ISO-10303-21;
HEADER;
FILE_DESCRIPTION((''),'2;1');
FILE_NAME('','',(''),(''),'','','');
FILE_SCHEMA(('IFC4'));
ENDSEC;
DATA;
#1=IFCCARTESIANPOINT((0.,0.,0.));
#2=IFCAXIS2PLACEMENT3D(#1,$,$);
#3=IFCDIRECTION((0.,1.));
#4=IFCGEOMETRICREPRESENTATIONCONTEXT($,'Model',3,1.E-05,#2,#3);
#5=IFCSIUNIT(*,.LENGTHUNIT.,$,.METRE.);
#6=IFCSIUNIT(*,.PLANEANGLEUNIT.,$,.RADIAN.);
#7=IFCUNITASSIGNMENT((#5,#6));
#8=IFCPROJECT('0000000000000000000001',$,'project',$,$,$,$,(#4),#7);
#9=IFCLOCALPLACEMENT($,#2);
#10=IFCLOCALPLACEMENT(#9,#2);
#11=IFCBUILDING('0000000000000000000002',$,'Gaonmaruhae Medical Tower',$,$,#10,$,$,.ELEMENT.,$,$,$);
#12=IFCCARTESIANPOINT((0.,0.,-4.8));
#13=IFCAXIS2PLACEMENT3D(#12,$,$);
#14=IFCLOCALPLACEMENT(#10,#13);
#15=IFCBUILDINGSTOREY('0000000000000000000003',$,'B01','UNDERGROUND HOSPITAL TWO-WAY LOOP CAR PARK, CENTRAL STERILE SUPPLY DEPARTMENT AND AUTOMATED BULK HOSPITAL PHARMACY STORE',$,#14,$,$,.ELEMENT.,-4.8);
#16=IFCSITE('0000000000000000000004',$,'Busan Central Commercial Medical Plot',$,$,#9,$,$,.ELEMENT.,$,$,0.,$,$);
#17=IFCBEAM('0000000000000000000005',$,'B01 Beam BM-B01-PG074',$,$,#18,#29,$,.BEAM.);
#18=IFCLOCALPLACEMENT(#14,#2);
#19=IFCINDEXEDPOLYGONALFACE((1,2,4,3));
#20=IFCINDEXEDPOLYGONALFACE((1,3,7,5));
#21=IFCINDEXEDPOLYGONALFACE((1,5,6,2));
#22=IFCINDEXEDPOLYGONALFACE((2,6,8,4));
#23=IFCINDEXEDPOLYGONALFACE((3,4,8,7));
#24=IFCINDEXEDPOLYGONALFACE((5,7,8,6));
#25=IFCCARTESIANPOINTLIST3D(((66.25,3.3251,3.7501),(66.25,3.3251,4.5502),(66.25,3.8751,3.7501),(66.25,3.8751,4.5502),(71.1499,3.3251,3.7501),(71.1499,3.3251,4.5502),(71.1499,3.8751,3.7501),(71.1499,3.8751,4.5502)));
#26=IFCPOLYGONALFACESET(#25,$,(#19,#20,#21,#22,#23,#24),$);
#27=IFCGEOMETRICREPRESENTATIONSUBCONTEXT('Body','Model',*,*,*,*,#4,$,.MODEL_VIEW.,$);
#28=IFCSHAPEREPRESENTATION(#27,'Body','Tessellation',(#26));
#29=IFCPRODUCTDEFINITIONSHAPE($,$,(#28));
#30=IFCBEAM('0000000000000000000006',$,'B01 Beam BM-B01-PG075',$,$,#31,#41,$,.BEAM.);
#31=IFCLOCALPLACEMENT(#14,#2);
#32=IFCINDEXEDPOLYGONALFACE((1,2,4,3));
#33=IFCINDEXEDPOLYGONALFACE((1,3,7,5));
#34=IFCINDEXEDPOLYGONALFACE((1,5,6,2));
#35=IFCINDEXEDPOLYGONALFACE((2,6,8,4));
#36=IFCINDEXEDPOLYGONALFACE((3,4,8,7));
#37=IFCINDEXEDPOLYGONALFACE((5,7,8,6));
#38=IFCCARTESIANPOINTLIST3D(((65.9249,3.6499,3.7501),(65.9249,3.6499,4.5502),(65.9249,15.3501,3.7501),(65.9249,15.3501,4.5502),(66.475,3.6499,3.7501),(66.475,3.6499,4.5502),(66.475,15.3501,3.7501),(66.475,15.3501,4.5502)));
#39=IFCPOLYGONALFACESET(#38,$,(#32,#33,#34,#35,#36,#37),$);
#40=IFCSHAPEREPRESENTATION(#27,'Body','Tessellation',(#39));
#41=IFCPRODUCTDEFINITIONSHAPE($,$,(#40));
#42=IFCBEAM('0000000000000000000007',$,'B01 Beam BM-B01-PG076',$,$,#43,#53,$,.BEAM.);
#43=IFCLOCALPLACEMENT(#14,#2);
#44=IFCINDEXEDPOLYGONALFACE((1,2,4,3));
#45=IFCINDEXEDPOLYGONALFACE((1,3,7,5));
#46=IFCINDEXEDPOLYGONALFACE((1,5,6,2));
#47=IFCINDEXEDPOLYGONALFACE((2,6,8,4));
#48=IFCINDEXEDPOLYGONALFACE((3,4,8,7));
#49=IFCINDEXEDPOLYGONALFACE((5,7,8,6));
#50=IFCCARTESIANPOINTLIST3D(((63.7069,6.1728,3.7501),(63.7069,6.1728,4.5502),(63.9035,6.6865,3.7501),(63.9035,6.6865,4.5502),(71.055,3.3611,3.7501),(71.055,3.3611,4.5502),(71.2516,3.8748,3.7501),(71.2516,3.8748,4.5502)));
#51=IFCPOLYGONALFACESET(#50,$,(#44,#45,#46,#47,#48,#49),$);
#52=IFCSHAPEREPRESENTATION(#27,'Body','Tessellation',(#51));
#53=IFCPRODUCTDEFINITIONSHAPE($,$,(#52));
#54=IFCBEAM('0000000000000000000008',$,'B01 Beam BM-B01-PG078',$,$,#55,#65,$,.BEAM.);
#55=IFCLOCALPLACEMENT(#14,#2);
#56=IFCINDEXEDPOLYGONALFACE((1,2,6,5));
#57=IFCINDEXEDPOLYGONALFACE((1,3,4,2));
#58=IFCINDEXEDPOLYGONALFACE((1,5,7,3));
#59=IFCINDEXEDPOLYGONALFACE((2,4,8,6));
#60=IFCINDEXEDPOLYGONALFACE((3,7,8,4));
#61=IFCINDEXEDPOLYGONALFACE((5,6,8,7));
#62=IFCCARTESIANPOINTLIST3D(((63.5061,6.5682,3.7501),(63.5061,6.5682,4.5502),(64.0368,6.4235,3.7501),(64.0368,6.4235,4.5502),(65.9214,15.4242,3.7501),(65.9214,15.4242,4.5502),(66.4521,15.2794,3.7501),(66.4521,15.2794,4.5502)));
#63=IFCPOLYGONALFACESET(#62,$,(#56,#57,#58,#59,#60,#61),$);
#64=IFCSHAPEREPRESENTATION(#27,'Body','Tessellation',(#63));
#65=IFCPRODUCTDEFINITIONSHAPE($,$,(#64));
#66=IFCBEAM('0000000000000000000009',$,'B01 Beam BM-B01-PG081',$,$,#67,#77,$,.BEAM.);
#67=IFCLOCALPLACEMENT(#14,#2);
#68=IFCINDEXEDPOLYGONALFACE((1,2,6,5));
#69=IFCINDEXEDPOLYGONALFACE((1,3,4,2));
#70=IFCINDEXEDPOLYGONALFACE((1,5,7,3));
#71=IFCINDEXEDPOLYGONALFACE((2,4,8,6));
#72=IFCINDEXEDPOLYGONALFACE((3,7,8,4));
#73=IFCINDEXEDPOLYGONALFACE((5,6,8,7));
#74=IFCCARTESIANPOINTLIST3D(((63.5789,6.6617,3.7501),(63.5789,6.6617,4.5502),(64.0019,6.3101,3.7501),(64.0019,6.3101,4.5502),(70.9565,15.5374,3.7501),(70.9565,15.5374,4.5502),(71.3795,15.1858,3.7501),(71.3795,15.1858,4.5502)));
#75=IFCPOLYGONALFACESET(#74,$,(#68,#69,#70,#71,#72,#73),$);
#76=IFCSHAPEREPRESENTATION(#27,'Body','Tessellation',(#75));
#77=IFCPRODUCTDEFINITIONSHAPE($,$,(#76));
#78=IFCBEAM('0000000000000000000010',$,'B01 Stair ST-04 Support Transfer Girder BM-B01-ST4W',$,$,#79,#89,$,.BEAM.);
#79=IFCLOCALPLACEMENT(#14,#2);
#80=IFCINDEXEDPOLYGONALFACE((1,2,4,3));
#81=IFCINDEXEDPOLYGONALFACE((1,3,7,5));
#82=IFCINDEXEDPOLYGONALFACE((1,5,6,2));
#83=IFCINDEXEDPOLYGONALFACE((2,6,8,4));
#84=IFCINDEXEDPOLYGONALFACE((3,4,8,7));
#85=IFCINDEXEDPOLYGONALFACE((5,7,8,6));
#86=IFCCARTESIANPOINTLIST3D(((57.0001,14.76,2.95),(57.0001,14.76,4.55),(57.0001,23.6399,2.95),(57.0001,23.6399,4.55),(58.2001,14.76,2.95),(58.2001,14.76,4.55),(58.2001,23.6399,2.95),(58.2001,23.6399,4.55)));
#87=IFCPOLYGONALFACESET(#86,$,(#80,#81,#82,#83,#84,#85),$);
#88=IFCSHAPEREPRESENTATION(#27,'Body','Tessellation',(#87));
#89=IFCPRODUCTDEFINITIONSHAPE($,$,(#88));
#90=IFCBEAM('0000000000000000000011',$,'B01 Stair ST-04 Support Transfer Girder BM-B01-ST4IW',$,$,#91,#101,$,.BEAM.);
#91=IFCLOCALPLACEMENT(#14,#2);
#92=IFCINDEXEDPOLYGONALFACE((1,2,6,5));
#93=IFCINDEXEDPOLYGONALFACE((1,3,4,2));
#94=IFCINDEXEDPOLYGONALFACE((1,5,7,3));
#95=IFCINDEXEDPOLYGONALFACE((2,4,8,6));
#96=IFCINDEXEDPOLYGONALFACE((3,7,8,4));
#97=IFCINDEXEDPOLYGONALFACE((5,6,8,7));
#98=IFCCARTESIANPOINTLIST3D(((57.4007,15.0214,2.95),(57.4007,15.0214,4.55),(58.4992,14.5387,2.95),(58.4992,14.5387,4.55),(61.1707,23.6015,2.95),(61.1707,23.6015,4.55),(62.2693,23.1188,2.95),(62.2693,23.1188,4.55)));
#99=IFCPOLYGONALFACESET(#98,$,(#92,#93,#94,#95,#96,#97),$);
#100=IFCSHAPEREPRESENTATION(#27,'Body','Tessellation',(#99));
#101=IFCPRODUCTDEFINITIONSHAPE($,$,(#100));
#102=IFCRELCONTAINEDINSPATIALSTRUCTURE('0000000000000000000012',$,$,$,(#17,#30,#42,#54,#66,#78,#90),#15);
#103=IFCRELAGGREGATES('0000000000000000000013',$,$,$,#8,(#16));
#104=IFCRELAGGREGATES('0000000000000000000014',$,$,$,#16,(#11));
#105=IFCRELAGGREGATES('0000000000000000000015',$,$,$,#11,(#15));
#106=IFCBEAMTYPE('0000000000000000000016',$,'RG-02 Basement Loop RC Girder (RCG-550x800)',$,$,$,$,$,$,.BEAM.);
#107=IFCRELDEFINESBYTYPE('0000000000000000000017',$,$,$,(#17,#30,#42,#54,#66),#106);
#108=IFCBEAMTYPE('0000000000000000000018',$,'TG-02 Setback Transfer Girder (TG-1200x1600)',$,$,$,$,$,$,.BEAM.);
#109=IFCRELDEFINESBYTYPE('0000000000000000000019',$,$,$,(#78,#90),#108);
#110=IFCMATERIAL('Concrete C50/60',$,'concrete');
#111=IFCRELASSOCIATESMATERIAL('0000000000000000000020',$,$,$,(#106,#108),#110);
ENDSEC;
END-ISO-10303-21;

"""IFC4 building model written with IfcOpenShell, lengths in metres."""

from ifc_helpers import new_model, si_unit, direction, frame, origin, origin_2d, place, context, subcontext, project, spatial, rectangle, extrude, material, material_profile, profile_set, type_object, element, save


model = new_model("IFC4")

# Units and contexts
model_context = context("Model", 3, precision=1e-05, world=origin(), true_north=direction((0.0, 1.0)))
body_context = subcontext(model_context, "Body", "Model", "MODEL_VIEW")
ifc_project = project(units=[si_unit("LENGTHUNIT", "METRE"), si_unit("PLANEANGLEUNIT", "RADIAN")], contexts=[model_context])

# Site, building, storey
site_placement = place(None, origin())
site = spatial("IfcSite", under=ifc_project, at=site_placement, Name="Busan Central Commercial Medical Plot", CompositionType="ELEMENT", RefElevation=0.0)
building_placement = place(site_placement, origin())
building = spatial("IfcBuilding", under=site, at=building_placement, Name="Gaonmaruhae Medical Tower", CompositionType="ELEMENT")
storey_placement = place(building_placement, frame((0.0, 0.0, -4.8)))
storey = spatial("IfcBuildingStorey", under=building, at=storey_placement, Name="B01", Description="UNDERGROUND HOSPITAL TWO-WAY LOOP CAR PARK, CENTRAL STERILE SUPPLY DEPARTMENT AND AUTOMATED BULK HOSPITAL PHARMACY STORE", CompositionType="ELEMENT", Elevation=-4.8)

# Shared definitions
ifc_material_1 = material(Name="Concrete C50/60", Category="concrete")

# Beams
ifc_material_profile_1 = material_profile(ifc_material_1, rectangle(XDim=0.55, YDim=0.8, at=origin_2d()), Name="RCG-550x800")
ifc_profile_set_1 = profile_set([ifc_material_profile_1], Name="Concrete C50/60")
beam_type_1 = type_object("IfcBeamType", Name="RG-02 Basement Loop RC Girder (RCG-550x800)", PredefinedType="BEAM", material=ifc_profile_set_1)
beam_1_placement = place(storey_placement, frame((66.25, 3.6001, 4.1501), z_axis=(1.0, 0.0, 0.0), x_axis=(0.0, 1.0, 0.0)))
element("IfcBeam", 1, at=beam_1_placement, inside=storey, type_object=beam_type_1, Name="B01 Beam BM-B01-PG074", PredefinedType="BEAM", context=body_context, shape_type="SweptSolid", body=[
    extrude(rectangle(XDim=0.55, YDim=0.8, at=origin_2d()), origin(), (0.0, 0.0, 1.0), 4.8999),
])
beam_2_placement = place(storey_placement, frame((66.2, 3.6499, 4.1501), z_axis=(0.0, 1.0, 0.0), x_axis=(-1.0, 0.0, 0.0)))
element("IfcBeam", 2, at=beam_2_placement, inside=storey, type_object=beam_type_1, Name="B01 Beam BM-B01-PG075", PredefinedType="BEAM", context=body_context, shape_type="SweptSolid", body=[
    extrude(rectangle(XDim=0.55, YDim=0.8, at=origin_2d()), origin(), (0.0, 0.0, 1.0), 11.7002),
])
beam_3_placement = place(storey_placement, frame((71.1533, 3.6179, 4.1501), z_axis=(-0.933959, 0.35738, 0.0), x_axis=(-0.35738, -0.933959, 0.0)))
element("IfcBeam", 3, at=beam_3_placement, inside=storey, type_object=beam_type_1, Name="B01 Beam BM-B01-PG076", PredefinedType="BEAM", context=body_context, shape_type="SweptSolid", body=[
    extrude(rectangle(XDim=0.55, YDim=0.8, at=origin_2d()), origin(), (0.0, 0.0, 1.0), 7.8677),
])
beam_4_placement = place(storey_placement, frame((66.1868, 15.3518, 4.1501), z_axis=(-0.26312, -0.964763, 0.0), x_axis=(0.964763, -0.26312, 0.0)))
element("IfcBeam", 4, at=beam_4_placement, inside=storey, type_object=beam_type_1, Name="B01 Beam BM-B01-PG078", PredefinedType="BEAM", context=body_context, shape_type="SweptSolid", body=[
    extrude(rectangle(XDim=0.55, YDim=0.8, at=origin_2d()), origin(), (0.0, 0.0, 1.0), 9.1794),
])
beam_5_placement = place(storey_placement, frame((71.168, 15.3616, 4.1501), z_axis=(-0.639225, -0.76902, 0.0), x_axis=(0.76902, -0.639225, 0.0)))
element("IfcBeam", 5, at=beam_5_placement, inside=storey, type_object=beam_type_1, Name="B01 Beam BM-B01-PG081", PredefinedType="BEAM", context=body_context, shape_type="SweptSolid", body=[
    extrude(rectangle(XDim=0.55, YDim=0.8, at=origin_2d()), origin(), (0.0, 0.0, 1.0), 11.5415),
])
ifc_material_profile_2 = material_profile(ifc_material_1, rectangle(XDim=1.2, YDim=1.6001, at=origin_2d()), Name="TG-1200x1600")
ifc_profile_set_2 = profile_set([ifc_material_profile_2], Name="Concrete C50/60")
beam_type_2 = type_object("IfcBeamType", Name="TG-02 Setback Transfer Girder (TG-1200x1600)", PredefinedType="BEAM", material=ifc_profile_set_2)
beam_6_placement = place(storey_placement, frame((57.6001, 14.76, 3.75), z_axis=(0.0, 1.0, 0.0), x_axis=(-1.0, 0.0, 0.0)))
element("IfcBeam", 6, at=beam_6_placement, inside=storey, type_object=beam_type_2, Name="B01 Stair ST-04 Support Transfer Girder BM-B01-ST4W", PredefinedType="BEAM", context=body_context, shape_type="SweptSolid", body=[
    extrude(rectangle(XDim=1.2, YDim=1.6001, at=origin_2d()), origin(), (0.0, 0.0, 1.0), 8.8799),
])
beam_7_placement = place(storey_placement, frame((57.95, 14.78, 3.75), z_axis=(0.402272, 0.91552, 0.0), x_axis=(-0.91552, 0.402272, 0.0)))
element("IfcBeam", 7, at=beam_7_placement, inside=storey, type_object=beam_type_2, Name="B01 Stair ST-04 Support Transfer Girder BM-B01-ST4IW", PredefinedType="BEAM", context=body_context, shape_type="SweptSolid", body=[
    extrude(rectangle(XDim=1.2, YDim=1.6001, at=origin_2d()), origin(), (0.0, 0.0, 1.0), 9.3718),
])

save(model, "model.ifc")
